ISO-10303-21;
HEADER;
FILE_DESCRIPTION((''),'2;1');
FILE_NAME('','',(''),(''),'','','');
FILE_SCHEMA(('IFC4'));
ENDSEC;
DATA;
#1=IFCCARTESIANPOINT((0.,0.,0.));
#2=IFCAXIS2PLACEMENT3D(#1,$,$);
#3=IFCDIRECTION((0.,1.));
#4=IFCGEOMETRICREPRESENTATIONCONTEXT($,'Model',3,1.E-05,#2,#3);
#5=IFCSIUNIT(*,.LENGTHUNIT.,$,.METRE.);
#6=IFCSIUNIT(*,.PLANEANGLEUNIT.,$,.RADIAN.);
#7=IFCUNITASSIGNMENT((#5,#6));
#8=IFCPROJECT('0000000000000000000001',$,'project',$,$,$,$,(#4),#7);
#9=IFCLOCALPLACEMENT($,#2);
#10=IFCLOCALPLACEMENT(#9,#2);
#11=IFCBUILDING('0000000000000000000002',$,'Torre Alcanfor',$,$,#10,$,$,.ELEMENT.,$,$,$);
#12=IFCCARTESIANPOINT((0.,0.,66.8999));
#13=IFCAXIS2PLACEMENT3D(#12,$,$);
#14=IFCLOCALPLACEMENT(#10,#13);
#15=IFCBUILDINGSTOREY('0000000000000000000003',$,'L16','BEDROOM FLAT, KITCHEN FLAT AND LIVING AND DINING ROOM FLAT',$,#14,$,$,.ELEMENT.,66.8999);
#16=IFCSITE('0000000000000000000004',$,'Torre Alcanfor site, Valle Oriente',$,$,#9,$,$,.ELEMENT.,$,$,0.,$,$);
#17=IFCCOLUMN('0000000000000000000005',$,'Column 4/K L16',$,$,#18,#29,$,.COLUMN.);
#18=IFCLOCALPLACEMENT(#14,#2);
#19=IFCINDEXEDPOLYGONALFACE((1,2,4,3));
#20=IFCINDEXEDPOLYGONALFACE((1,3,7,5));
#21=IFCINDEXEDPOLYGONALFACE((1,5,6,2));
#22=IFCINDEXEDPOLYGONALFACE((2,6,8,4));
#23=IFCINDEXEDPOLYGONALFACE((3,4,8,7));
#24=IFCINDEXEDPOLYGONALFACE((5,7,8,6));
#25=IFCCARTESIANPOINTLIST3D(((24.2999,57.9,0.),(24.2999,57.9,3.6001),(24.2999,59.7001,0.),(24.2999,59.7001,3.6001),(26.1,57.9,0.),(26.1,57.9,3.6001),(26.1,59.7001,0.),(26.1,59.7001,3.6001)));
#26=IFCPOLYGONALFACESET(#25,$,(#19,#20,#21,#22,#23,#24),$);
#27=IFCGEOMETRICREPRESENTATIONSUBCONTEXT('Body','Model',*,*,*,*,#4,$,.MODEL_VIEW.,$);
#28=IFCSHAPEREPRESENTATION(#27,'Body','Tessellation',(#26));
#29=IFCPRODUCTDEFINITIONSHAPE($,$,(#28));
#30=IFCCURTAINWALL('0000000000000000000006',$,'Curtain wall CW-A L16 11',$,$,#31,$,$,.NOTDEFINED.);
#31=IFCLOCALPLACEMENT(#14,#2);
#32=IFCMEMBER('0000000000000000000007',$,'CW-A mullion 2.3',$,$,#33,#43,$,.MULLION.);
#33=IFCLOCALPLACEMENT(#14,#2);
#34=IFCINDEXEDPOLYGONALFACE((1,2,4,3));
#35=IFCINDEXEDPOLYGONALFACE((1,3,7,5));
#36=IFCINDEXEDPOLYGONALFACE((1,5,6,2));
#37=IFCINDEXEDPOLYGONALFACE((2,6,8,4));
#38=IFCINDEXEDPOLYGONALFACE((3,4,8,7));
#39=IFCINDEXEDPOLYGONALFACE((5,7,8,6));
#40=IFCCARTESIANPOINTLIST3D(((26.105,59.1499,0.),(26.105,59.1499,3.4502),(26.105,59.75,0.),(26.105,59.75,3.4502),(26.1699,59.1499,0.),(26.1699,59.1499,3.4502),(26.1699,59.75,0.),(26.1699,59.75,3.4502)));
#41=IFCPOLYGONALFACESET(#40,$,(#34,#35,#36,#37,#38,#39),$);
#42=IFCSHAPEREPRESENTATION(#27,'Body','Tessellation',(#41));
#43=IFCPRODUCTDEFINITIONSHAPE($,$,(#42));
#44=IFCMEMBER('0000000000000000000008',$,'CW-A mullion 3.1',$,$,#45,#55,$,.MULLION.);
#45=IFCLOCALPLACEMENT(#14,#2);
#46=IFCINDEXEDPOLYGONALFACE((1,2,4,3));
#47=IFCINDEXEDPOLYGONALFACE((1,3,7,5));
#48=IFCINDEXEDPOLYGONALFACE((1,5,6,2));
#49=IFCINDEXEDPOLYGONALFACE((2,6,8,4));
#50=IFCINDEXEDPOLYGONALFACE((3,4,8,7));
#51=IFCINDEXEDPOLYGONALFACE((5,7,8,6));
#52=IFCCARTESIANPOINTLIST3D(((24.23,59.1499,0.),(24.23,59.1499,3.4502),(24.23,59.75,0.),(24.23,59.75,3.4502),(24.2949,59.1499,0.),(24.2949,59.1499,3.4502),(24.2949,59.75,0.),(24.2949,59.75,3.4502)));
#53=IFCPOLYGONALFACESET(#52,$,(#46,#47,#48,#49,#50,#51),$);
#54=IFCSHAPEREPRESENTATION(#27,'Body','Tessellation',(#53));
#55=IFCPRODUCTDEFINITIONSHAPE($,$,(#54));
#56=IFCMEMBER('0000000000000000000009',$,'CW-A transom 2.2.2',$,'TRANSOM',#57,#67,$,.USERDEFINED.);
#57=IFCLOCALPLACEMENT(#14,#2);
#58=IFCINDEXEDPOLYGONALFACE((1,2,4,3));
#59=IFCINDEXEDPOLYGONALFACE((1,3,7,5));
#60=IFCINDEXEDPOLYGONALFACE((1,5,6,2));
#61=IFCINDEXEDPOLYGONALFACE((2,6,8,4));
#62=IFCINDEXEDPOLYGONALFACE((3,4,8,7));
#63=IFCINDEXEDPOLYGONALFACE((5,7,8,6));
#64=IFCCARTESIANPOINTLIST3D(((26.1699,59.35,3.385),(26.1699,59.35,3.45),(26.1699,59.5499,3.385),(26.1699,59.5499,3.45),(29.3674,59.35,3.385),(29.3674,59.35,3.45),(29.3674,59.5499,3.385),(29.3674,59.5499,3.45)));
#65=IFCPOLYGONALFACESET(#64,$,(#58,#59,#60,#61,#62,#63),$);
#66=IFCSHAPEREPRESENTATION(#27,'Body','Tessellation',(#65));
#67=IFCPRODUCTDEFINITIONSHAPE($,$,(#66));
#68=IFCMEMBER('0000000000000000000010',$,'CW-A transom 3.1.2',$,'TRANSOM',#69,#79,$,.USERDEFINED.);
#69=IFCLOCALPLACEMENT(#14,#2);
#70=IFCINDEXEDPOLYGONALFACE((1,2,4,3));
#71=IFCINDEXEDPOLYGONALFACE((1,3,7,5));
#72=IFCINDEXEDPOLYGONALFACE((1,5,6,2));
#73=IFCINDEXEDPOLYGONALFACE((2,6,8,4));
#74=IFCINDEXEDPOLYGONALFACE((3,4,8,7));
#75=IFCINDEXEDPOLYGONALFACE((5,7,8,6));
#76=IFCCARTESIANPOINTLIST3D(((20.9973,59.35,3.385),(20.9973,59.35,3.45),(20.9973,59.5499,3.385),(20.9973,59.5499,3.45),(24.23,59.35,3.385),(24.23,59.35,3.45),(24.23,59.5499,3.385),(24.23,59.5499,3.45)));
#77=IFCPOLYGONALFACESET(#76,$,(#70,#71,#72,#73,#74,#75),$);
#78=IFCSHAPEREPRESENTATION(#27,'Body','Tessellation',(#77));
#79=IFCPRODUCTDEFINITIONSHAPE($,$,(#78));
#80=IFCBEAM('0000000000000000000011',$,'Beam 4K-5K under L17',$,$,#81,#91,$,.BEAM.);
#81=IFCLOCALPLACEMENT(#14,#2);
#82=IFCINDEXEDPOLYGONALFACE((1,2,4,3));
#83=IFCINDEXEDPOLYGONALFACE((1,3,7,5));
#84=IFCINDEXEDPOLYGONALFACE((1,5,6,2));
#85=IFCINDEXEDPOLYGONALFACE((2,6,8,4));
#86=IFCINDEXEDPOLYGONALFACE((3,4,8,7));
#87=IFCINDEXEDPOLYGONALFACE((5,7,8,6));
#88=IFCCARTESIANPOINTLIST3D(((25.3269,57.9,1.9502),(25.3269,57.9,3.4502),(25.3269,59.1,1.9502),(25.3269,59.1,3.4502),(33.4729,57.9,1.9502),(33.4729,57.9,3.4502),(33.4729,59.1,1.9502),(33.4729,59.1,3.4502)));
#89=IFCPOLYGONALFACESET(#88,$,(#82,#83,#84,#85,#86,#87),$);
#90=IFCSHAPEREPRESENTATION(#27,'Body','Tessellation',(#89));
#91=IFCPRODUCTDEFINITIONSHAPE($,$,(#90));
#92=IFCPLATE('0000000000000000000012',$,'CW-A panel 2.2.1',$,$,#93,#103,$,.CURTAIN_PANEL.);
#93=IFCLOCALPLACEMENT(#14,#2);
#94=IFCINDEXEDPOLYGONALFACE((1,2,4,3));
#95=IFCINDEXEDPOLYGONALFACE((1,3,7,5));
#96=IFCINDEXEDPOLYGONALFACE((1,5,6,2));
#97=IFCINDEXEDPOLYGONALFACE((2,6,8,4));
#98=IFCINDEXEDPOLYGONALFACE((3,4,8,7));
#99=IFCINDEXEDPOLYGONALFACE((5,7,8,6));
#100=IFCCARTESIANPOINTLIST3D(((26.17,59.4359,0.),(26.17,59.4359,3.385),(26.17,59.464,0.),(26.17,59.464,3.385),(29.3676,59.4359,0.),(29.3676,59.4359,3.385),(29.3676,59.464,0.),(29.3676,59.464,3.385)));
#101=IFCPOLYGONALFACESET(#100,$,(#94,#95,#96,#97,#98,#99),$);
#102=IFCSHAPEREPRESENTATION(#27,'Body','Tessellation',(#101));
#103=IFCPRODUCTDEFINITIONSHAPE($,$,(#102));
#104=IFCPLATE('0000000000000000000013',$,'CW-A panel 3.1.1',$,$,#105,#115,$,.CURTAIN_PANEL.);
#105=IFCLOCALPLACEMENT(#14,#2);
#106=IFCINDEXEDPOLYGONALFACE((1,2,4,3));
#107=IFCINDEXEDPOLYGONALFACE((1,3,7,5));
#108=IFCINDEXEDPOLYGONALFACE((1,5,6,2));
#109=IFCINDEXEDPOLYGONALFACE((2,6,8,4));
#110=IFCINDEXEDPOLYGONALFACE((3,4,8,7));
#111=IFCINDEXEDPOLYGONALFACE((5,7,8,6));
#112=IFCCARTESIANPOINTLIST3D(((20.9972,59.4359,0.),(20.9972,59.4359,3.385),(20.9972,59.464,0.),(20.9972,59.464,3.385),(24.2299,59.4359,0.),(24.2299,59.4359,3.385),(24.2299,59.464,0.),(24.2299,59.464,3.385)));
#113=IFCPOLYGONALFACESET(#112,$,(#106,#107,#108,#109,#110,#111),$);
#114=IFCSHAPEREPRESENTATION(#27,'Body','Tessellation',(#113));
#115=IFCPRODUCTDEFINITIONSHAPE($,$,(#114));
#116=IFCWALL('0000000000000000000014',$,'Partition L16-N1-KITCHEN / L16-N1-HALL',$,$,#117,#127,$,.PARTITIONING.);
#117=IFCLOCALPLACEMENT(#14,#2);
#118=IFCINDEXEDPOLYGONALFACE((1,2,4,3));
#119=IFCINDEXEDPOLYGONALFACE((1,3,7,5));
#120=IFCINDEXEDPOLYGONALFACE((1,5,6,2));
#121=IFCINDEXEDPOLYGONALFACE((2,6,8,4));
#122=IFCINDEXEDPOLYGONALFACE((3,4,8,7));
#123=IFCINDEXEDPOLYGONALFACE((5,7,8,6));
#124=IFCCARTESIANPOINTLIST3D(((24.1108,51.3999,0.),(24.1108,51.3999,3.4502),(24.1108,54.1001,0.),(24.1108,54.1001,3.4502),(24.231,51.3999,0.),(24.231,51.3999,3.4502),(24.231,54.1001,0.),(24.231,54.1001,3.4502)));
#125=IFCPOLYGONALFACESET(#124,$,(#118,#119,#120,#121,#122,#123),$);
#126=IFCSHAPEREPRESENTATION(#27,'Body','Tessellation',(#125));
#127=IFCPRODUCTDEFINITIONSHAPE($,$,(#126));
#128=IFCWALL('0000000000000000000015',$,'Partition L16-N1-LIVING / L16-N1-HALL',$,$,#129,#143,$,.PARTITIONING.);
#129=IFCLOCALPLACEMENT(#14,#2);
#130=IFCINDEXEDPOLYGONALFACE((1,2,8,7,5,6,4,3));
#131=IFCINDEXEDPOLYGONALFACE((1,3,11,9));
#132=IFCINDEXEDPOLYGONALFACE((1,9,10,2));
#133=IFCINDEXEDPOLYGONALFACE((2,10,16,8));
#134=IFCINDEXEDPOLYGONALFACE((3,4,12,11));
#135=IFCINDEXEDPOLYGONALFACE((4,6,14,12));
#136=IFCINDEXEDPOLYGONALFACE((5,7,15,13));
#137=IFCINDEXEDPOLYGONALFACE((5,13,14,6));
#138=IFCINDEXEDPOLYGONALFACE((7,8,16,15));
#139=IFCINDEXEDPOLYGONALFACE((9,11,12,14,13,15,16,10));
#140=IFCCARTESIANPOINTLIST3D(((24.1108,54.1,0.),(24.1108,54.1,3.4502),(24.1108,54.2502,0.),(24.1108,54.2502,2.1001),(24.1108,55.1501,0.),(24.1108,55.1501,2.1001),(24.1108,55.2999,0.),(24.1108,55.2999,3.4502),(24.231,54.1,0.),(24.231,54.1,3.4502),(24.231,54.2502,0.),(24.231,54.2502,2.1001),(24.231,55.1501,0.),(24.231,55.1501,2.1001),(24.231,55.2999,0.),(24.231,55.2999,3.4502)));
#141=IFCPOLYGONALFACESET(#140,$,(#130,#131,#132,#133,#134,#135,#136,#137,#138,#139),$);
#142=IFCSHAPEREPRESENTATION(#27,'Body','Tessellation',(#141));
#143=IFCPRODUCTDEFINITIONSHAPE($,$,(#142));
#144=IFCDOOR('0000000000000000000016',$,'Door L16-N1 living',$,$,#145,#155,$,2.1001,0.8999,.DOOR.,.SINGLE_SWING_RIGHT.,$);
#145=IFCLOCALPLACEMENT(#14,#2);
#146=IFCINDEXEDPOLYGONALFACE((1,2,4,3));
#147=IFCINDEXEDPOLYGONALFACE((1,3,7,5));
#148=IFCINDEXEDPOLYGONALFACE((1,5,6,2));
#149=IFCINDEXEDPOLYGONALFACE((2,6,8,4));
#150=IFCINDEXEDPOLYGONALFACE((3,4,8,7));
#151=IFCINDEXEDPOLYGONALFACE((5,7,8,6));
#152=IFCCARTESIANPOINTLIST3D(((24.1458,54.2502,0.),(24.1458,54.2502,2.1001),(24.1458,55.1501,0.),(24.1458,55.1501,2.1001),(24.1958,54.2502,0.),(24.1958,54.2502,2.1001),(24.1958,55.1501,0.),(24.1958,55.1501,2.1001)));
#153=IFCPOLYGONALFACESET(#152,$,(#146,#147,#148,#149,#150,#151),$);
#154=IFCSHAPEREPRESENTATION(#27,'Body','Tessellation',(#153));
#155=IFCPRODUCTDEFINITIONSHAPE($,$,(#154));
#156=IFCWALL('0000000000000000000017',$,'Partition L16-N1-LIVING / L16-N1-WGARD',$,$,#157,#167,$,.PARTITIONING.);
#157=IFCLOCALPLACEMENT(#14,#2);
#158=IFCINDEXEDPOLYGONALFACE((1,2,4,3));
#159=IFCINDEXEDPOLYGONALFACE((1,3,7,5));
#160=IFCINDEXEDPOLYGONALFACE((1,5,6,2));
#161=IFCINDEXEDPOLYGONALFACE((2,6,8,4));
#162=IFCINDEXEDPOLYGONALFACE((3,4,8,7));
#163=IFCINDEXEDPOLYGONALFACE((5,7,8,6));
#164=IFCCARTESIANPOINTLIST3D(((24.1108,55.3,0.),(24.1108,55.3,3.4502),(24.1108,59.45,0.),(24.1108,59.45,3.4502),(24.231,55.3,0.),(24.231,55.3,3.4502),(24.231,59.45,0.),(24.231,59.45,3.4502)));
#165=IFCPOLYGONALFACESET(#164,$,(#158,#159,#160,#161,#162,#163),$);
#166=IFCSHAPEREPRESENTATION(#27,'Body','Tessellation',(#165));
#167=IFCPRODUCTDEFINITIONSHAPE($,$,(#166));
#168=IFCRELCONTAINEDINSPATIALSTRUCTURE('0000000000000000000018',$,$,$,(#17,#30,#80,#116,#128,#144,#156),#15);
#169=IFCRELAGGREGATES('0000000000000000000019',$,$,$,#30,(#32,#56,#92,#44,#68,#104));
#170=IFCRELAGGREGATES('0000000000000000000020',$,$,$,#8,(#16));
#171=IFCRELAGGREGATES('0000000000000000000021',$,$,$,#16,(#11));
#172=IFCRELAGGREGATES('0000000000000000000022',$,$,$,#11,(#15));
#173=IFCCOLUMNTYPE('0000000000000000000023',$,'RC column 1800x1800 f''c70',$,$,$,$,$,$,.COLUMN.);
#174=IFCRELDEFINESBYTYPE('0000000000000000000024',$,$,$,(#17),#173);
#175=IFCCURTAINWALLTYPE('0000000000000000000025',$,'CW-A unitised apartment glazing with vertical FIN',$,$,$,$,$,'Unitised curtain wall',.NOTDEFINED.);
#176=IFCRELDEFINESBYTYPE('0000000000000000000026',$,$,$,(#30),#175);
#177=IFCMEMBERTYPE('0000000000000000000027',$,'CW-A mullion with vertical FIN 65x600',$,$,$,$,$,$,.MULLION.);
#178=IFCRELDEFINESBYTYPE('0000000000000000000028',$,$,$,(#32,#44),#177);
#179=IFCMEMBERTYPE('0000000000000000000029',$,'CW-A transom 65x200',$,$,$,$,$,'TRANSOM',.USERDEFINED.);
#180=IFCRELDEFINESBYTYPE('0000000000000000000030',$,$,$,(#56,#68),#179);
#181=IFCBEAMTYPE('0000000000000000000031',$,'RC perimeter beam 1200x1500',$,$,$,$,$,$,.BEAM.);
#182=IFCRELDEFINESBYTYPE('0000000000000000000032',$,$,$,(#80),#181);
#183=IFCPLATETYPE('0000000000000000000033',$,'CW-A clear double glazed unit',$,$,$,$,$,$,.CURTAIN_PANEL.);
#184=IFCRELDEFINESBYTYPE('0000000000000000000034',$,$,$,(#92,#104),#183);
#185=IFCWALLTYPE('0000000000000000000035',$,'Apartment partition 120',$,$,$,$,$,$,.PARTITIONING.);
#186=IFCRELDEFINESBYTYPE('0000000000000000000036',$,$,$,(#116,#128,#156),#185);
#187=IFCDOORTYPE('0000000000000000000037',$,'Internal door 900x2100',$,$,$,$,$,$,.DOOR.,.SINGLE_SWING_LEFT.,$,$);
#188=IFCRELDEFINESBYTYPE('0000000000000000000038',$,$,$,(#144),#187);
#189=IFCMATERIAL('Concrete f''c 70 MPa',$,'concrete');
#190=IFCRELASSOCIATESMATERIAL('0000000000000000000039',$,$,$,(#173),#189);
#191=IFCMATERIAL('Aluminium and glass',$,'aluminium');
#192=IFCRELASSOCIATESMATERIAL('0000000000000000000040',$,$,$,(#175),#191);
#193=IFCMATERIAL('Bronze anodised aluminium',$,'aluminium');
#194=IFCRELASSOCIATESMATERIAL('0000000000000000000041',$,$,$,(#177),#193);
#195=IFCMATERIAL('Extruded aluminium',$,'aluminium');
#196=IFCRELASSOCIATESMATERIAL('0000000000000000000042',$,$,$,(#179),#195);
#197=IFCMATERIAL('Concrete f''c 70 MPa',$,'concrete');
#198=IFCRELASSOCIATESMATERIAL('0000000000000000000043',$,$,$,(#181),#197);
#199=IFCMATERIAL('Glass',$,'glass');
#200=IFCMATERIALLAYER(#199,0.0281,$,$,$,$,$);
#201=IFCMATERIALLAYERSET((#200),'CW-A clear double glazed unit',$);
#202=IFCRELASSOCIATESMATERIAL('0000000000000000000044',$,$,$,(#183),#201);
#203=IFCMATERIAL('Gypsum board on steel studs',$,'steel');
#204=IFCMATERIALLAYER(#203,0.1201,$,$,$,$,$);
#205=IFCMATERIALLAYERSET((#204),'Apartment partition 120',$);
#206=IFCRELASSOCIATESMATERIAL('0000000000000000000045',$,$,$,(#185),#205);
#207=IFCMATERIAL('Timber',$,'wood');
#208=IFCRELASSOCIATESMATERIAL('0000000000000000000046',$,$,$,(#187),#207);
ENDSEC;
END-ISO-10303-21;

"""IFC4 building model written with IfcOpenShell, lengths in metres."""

from ifc_helpers import new_model, si_unit, direction, frame, frame_2d, origin, origin_2d, place, context, subcontext, project, spatial, rectangle, extrude, material, layer, layer_set, material_profile, profile_set, type_object, element, fill, aggregate, save


model = new_model("IFC4")

# Units and contexts
model_context = context("Model", 3, precision=1e-05, world=origin(), true_north=direction((0.0, 1.0)))
body_context = subcontext(model_context, "Body", "Model", "MODEL_VIEW")
ifc_project = project(units=[si_unit("LENGTHUNIT", "METRE"), si_unit("PLANEANGLEUNIT", "RADIAN")], contexts=[model_context])

# Site, building, storey
site_placement = place(None, origin())
site = spatial("IfcSite", under=ifc_project, at=site_placement, Name="Torre Alcanfor site, Valle Oriente", CompositionType="ELEMENT", RefElevation=0.0)
building_placement = place(site_placement, origin())
building = spatial("IfcBuilding", under=site, at=building_placement, Name="Torre Alcanfor", CompositionType="ELEMENT")
storey_placement = place(building_placement, frame((0.0, 0.0, 66.8999)))
storey = spatial("IfcBuildingStorey", under=building, at=storey_placement, Name="L16", Description="BEDROOM FLAT, KITCHEN FLAT AND LIVING AND DINING ROOM FLAT", CompositionType="ELEMENT", Elevation=66.8999)

# Column
ifc_material_1 = material(Name="Concrete f'c 70 MPa", Category="concrete")
ifc_material_profile_1 = material_profile(ifc_material_1, rectangle(XDim=1.8, YDim=1.8, at=origin_2d()), Name="1800x1800")
ifc_profile_set_1 = profile_set([ifc_material_profile_1], Name="Concrete f'c 70 MPa")
column_type = type_object("IfcColumnType", Name="RC column 1800x1800 f'c70", PredefinedType="COLUMN", material=ifc_profile_set_1)
column_placement = place(storey_placement, frame((25.2, 58.8, 0.0), z_axis=(0.0, 0.0, 1.0), x_axis=(1.0, 0.0, 0.0)))
element("IfcColumn", 1, at=column_placement, inside=storey, type_object=column_type, Name="Column 4/K L16", PredefinedType="COLUMN", context=body_context, shape_type="SweptSolid", body=[
    extrude(rectangle(XDim=1.8, YDim=1.8, at=origin_2d()), origin(), (0.0, 0.0, 1.0), 3.6001),
])

# Curtain wall, members
ifc_material_2 = material(Name="Aluminium and glass", Category="aluminium")
curtain_wall_type = type_object("IfcCurtainWallType", Name="CW-A unitised apartment glazing with vertical FIN", ElementType="Unitised curtain wall", PredefinedType="NOTDEFINED", material=ifc_material_2)
curtain_wall_placement = place(storey_placement, origin())
curtain_wall = element("IfcCurtainWall", 2, at=curtain_wall_placement, inside=storey, type_object=curtain_wall_type, Name="Curtain wall CW-A L16 11", PredefinedType="NOTDEFINED")
ifc_material_3 = material(Name="Bronze anodised aluminium", Category="aluminium")
ifc_material_profile_2 = material_profile(ifc_material_3, rectangle(XDim=0.6001, YDim=0.0649, at=origin_2d()), Name="CW-A mullion 65x600")
ifc_profile_set_2 = profile_set([ifc_material_profile_2], Name="Bronze anodised aluminium")
member_type_1 = type_object("IfcMemberType", Name="CW-A mullion with vertical FIN 65x600", PredefinedType="MULLION", material=ifc_profile_set_2)
member_1_placement = place(storey_placement, frame((26.1375, 59.45, 0.0), z_axis=(0.0, 0.0, 1.0), x_axis=(0.0, -1.0, 0.0)))
member_1 = element("IfcMember", 3, at=member_1_placement, type_object=member_type_1, Name="CW-A mullion 2.3", PredefinedType="MULLION", context=body_context, shape_type="SweptSolid", body=[
    extrude(rectangle(XDim=0.6001, YDim=0.0649, at=origin_2d()), origin(), (0.0, 0.0, 1.0), 3.4502),
])
member_2_placement = place(storey_placement, frame((24.2625, 59.45, 0.0), z_axis=(0.0, 0.0, 1.0), x_axis=(0.0, -1.0, 0.0)))
member_2 = element("IfcMember", 4, at=member_2_placement, type_object=member_type_1, Name="CW-A mullion 3.1", PredefinedType="MULLION", context=body_context, shape_type="SweptSolid", body=[
    extrude(rectangle(XDim=0.6001, YDim=0.0649, at=origin_2d()), origin(), (0.0, 0.0, 1.0), 3.4502),
])
ifc_material_4 = material(Name="Extruded aluminium", Category="aluminium")
ifc_material_profile_3 = material_profile(ifc_material_4, rectangle(XDim=0.2, YDim=0.0649, at=origin_2d()), Name="CW-A transom 200x65")
ifc_profile_set_3 = profile_set([ifc_material_profile_3], Name="Extruded aluminium")
member_type_2 = type_object("IfcMemberType", Name="CW-A transom 65x200", ElementType="TRANSOM", PredefinedType="USERDEFINED", material=ifc_profile_set_3)
member_3_placement = place(storey_placement, frame((29.3674, 59.45, 3.4175), z_axis=(-1.0, 0.0, 0.0), x_axis=(0.0, -1.0, 0.0)))
member_3 = element("IfcMember", 5, at=member_3_placement, type_object=member_type_2, Name="CW-A transom 2.2.2", ObjectType="TRANSOM", PredefinedType="USERDEFINED", context=body_context, shape_type="SweptSolid", body=[
    extrude(rectangle(XDim=0.2, YDim=0.0649, at=origin_2d()), origin(), (0.0, 0.0, 1.0), 3.1975),
])
member_4_placement = place(storey_placement, frame((24.23, 59.45, 3.4175), z_axis=(-1.0, 0.0, 0.0), x_axis=(0.0, -1.0, 0.0)))
member_4 = element("IfcMember", 6, at=member_4_placement, type_object=member_type_2, Name="CW-A transom 3.1.2", ObjectType="TRANSOM", PredefinedType="USERDEFINED", context=body_context, shape_type="SweptSolid", body=[
    extrude(rectangle(XDim=0.2, YDim=0.0649, at=origin_2d()), origin(), (0.0, 0.0, 1.0), 3.2327),
])

# Beam
ifc_material_5 = material(Name="Concrete f'c 70 MPa", Category="concrete")
ifc_material_profile_4 = material_profile(ifc_material_5, rectangle(XDim=1.2, YDim=1.5, at=origin_2d()), Name="1200x1500")
ifc_profile_set_4 = profile_set([ifc_material_profile_4], Name="Concrete f'c 70 MPa")
beam_type = type_object("IfcBeamType", Name="RC perimeter beam 1200x1500", PredefinedType="BEAM", material=ifc_profile_set_4)
beam_placement = place(storey_placement, frame((25.3269, 58.5, 2.7002), z_axis=(1.0, 0.0, 0.0), x_axis=(0.0, 1.0, 0.0)))
element("IfcBeam", 7, at=beam_placement, inside=storey, type_object=beam_type, Name="Beam 4K-5K under L17", PredefinedType="BEAM", context=body_context, shape_type="SweptSolid", body=[
    extrude(rectangle(XDim=1.2, YDim=1.5, at=origin_2d()), origin(), (0.0, 0.0, 1.0), 8.146),
])

# Plates
ifc_material_6 = material(Name="Glass", Category="glass")
ifc_layer_1 = layer(ifc_material_6, 0.0281)
ifc_layer_set_1 = layer_set([ifc_layer_1], Name="CW-A clear double glazed unit")
plate_type = type_object("IfcPlateType", Name="CW-A clear double glazed unit", PredefinedType="CURTAIN_PANEL", material=ifc_layer_set_1)
plate_1_placement = place(storey_placement, frame((27.7688, 59.45, 0.0), z_axis=(0.0, 0.0, 1.0), x_axis=(-1.0, 0.0, 0.0)))
plate_1 = element("IfcPlate", 8, at=plate_1_placement, type_object=plate_type, Name="CW-A panel 2.2.1", PredefinedType="CURTAIN_PANEL", context=body_context, shape_type="SweptSolid", body=[
    extrude(rectangle(XDim=3.1975, YDim=0.0281, at=origin_2d()), origin(), (0.0, 0.0, 1.0), 3.385),
])
plate_2_placement = place(storey_placement, frame((22.6135, 59.45, 0.0), z_axis=(0.0, 0.0, 1.0), x_axis=(-1.0, 0.0, 0.0)))
plate_2 = element("IfcPlate", 9, at=plate_2_placement, type_object=plate_type, Name="CW-A panel 3.1.1", PredefinedType="CURTAIN_PANEL", context=body_context, shape_type="SweptSolid", body=[
    extrude(rectangle(XDim=3.2327, YDim=0.0281, at=origin_2d()), origin(), (0.0, 0.0, 1.0), 3.385),
])
aggregate(curtain_wall, [member_1, member_3, plate_1, member_2, member_4, plate_2])

# Wall
ifc_material_7 = material(Name="Gypsum board on steel studs", Category="steel")
ifc_layer_2 = layer(ifc_material_7, 0.1201)
ifc_layer_set_2 = layer_set([ifc_layer_2], Name="Apartment partition 120")
wall_type = type_object("IfcWallType", Name="Apartment partition 120", PredefinedType="PARTITIONING", material=ifc_layer_set_2)
wall_1_placement = place(storey_placement, frame((24.1709, 54.1001, 0.0), z_axis=(0.0, 0.0, 1.0), x_axis=(0.0, -1.0, 0.0)))
element("IfcWall", 10, at=wall_1_placement, inside=storey, type_object=wall_type, Name="Partition L16-N1-KITCHEN / L16-N1-HALL", PredefinedType="PARTITIONING", context=body_context, shape_type="SweptSolid", body=[
    extrude(rectangle(XDim=2.7002, YDim=0.1201, at=frame_2d((1.3501, 0.0))), origin(), (0.0, 0.0, 1.0), 3.4502),
])

# Wall, opening, door
wall_2_placement = place(storey_placement, frame((24.1709, 55.3, 0.0), z_axis=(0.0, 0.0, 1.0), x_axis=(0.0, -1.0, 0.0)))
wall_2 = element("IfcWall", 11, at=wall_2_placement, inside=storey, type_object=wall_type, Name="Partition L16-N1-LIVING / L16-N1-HALL", PredefinedType="PARTITIONING", context=body_context, shape_type="SweptSolid", body=[
    extrude(rectangle(XDim=1.2, YDim=0.1201, at=frame_2d((0.6001, 0.0))), origin(), (0.0, 0.0, 1.0), 3.4502),
])
opening_1_placement = place(wall_2_placement, frame((0.1499, 0.0, 0.0)))
opening_1 = element("IfcOpeningElement", 12, at=opening_1_placement, cuts=wall_2, PredefinedType="OPENING", context=body_context, shape_type="SweptSolid", body=[
    extrude(rectangle(XDim=0.8999, YDim=2.1001, at=frame_2d((0.45, 1.05))), frame((0.0, 0.0701, 0.0), z_axis=(0.0, -1.0, 0.0), x_axis=(1.0, 0.0, 0.0)), (0.0, 0.0, 1.0), 0.1401),
])
ifc_material_8 = material(Name="Timber", Category="wood")
door_type = type_object("IfcDoorType", Name="Internal door 900x2100", OperationType="SINGLE_SWING_LEFT", PredefinedType="DOOR", material=ifc_material_8)
door_1_placement = place(opening_1_placement, origin())
door_1 = element("IfcDoor", 13, at=door_1_placement, inside=storey, type_object=door_type, Name="Door L16-N1 living", OperationType="SINGLE_SWING_RIGHT", OverallHeight=2.1001, OverallWidth=0.8999, PredefinedType="DOOR", context=body_context, shape_type="SweptSolid", body=[
    extrude(rectangle(XDim=0.8999, YDim=2.1001, at=frame_2d((0.45, 1.05))), frame((0.0, 0.0249, 0.0), z_axis=(0.0, -1.0, 0.0), x_axis=(1.0, 0.0, 0.0)), (0.0, 0.0, 1.0), 0.05),
])
fill(opening_1, door_1)

# Wall
wall_3_placement = place(storey_placement, frame((24.1709, 59.45, 0.0), z_axis=(0.0, 0.0, 1.0), x_axis=(0.0, -1.0, 0.0)))
element("IfcWall", 14, at=wall_3_placement, inside=storey, type_object=wall_type, Name="Partition L16-N1-LIVING / L16-N1-WGARD", PredefinedType="PARTITIONING", context=body_context, shape_type="SweptSolid", body=[
    extrude(rectangle(XDim=4.1499, YDim=0.1201, at=frame_2d((2.075, 0.0))), origin(), (0.0, 0.0, 1.0), 3.4502),
])

save(model, "model.ifc")
